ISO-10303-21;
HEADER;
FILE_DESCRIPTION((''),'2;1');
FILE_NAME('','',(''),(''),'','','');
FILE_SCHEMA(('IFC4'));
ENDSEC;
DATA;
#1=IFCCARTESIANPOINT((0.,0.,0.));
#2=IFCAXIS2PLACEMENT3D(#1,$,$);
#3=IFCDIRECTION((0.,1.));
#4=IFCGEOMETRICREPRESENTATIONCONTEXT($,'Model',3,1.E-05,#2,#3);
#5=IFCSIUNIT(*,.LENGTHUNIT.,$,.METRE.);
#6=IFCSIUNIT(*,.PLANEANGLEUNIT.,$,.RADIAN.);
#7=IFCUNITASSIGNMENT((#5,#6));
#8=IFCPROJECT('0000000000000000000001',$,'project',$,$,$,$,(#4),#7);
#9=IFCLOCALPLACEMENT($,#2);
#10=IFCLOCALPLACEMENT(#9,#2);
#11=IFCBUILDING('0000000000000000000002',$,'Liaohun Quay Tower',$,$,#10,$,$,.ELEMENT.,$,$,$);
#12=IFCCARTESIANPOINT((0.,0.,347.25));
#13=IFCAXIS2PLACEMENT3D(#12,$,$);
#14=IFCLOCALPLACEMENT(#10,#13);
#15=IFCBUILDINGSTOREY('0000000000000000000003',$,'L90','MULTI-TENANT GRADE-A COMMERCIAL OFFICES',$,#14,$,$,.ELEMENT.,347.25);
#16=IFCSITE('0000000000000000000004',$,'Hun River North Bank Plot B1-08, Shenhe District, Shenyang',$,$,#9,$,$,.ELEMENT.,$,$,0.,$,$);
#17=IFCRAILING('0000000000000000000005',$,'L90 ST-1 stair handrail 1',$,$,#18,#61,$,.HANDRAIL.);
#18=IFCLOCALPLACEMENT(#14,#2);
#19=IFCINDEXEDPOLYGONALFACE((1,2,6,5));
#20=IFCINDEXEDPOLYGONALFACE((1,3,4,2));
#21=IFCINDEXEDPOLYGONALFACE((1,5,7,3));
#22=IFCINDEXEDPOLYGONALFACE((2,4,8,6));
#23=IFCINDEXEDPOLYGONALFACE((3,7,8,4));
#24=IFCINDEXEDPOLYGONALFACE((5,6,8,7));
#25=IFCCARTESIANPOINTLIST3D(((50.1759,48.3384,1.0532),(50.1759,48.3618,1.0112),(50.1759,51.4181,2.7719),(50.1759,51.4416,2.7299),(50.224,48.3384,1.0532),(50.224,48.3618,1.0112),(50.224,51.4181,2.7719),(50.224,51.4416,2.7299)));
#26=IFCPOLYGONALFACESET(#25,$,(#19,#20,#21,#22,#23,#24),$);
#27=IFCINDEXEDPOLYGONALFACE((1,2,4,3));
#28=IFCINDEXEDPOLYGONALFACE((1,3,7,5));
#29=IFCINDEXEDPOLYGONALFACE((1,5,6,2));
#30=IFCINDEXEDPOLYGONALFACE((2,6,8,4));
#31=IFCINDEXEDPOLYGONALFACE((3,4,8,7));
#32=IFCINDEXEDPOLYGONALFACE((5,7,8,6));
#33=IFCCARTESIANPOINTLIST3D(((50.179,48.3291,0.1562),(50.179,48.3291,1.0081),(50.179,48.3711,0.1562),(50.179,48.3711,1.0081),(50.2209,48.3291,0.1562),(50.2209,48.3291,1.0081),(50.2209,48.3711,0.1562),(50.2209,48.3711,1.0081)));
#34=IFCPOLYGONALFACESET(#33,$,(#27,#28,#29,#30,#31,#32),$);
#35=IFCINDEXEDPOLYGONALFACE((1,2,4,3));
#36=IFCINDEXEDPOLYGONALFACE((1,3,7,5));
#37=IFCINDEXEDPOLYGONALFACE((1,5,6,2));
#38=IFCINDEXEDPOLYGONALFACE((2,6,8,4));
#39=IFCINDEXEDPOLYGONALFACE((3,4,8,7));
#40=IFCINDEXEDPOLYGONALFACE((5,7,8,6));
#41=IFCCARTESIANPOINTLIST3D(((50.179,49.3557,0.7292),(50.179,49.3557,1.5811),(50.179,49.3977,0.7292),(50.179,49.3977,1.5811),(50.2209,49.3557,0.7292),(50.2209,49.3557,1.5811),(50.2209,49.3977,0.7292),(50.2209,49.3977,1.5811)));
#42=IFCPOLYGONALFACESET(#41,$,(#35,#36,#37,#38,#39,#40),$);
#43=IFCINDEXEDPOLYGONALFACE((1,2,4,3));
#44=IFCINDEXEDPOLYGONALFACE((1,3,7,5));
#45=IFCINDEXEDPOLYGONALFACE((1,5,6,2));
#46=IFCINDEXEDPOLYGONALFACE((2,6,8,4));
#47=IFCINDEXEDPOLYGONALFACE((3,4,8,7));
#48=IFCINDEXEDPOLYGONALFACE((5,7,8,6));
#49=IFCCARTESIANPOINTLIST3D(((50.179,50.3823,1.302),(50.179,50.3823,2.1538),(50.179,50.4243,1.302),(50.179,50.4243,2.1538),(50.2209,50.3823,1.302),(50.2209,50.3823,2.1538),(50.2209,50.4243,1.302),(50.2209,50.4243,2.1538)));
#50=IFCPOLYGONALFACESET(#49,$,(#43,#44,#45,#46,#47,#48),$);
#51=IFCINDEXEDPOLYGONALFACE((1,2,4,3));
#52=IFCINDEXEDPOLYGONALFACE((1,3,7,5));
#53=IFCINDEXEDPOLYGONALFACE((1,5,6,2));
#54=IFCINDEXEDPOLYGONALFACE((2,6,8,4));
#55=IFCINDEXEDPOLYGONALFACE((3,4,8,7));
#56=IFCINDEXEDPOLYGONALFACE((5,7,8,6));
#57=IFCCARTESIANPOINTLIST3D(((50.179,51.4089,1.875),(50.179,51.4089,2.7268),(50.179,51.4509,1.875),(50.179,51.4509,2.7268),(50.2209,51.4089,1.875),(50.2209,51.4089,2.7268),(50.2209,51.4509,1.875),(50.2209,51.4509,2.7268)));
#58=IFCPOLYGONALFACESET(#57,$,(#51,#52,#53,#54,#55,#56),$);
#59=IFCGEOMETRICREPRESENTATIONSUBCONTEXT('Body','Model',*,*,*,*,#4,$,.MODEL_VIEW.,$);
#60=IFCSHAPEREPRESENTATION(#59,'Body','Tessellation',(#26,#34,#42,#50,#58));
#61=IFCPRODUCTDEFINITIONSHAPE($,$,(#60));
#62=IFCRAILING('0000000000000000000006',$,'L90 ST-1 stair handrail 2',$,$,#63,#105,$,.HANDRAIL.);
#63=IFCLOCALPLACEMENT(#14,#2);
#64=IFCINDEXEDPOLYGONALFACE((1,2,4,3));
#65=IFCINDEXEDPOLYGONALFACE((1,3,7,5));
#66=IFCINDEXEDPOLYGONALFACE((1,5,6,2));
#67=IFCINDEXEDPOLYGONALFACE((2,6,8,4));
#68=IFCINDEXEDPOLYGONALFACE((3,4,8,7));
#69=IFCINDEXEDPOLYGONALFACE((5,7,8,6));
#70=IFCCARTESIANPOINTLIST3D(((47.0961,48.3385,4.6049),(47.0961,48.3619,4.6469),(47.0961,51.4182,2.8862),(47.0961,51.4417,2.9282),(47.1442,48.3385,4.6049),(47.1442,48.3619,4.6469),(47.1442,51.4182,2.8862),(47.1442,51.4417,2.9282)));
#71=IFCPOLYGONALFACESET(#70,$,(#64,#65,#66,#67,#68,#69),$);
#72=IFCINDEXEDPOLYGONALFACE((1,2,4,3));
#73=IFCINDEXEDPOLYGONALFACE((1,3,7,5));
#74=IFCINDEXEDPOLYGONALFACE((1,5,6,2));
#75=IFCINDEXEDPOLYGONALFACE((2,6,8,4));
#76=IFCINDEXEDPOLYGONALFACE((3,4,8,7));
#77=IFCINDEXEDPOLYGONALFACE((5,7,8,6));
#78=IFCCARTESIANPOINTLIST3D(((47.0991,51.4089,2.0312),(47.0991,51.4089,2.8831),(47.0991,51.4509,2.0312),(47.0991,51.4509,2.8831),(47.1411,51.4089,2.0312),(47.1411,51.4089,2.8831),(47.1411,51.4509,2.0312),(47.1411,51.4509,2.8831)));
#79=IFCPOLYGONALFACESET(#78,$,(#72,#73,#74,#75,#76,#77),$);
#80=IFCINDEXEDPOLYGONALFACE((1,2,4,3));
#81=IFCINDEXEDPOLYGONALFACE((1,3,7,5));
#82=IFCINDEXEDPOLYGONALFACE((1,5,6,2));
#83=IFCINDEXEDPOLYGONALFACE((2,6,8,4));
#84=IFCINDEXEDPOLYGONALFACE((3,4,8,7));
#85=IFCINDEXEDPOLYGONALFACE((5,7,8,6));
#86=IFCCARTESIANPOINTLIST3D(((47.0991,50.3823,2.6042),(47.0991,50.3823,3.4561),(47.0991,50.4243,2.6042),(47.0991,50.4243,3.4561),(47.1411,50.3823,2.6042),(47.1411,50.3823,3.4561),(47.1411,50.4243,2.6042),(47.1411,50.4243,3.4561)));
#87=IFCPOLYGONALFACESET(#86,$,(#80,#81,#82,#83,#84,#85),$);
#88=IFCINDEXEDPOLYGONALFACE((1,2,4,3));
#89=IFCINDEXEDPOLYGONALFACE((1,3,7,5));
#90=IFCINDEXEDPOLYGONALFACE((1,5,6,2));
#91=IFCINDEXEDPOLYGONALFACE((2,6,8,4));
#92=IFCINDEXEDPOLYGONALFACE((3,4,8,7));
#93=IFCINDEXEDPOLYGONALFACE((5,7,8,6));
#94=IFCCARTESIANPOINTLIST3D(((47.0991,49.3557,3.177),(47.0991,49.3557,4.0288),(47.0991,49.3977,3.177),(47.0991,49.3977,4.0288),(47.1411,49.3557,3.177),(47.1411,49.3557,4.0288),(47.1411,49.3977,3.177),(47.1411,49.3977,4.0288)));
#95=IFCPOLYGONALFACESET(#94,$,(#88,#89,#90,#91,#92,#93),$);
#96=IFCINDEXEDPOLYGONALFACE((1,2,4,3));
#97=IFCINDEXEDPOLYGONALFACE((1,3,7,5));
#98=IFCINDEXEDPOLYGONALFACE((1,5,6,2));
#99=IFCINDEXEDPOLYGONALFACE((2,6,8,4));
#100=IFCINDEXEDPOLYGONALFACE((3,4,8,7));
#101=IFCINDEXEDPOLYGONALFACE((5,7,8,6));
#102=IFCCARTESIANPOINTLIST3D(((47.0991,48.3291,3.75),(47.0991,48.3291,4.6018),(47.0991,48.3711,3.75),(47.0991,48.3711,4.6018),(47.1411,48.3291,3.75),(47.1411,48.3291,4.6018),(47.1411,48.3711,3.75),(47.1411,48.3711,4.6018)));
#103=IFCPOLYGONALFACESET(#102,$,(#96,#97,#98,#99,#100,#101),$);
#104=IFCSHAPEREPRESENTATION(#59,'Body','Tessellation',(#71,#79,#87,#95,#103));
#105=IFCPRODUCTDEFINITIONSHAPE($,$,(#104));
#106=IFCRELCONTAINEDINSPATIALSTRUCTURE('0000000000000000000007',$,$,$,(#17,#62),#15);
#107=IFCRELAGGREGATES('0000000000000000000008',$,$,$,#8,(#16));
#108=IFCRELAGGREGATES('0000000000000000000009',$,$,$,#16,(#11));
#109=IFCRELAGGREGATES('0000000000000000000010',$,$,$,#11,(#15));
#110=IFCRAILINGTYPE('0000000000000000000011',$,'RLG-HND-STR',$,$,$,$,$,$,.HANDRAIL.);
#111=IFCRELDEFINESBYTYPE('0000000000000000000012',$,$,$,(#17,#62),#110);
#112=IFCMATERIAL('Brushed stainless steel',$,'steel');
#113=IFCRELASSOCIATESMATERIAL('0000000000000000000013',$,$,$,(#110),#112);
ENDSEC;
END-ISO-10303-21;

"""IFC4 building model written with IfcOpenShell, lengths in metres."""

from ifc_helpers import new_model, si_unit, direction, frame, origin, origin_2d, place, context, subcontext, project, spatial, rectangle, extrude, material, type_object, element, save


model = new_model("IFC4")

# Units and contexts
model_context = context("Model", 3, precision=1e-05, world=origin(), true_north=direction((0.0, 1.0)))
body_context = subcontext(model_context, "Body", "Model", "MODEL_VIEW")
ifc_project = project(units=[si_unit("LENGTHUNIT", "METRE"), si_unit("PLANEANGLEUNIT", "RADIAN")], contexts=[model_context])

# Site, building, storey
site_placement = place(None, origin())
site = spatial("IfcSite", under=ifc_project, at=site_placement, Name="Hun River North Bank Plot B1-08, Shenhe District, Shenyang", CompositionType="ELEMENT", RefElevation=0.0)
building_placement = place(site_placement, origin())
building = spatial("IfcBuilding", under=site, at=building_placement, Name="Liaohun Quay Tower", CompositionType="ELEMENT")
storey_placement = place(building_placement, frame((0.0, 0.0, 347.25)))
storey = spatial("IfcBuildingStorey", under=building, at=storey_placement, Name="L90", Description="MULTI-TENANT GRADE-A COMMERCIAL OFFICES", CompositionType="ELEMENT", Elevation=347.25)

# Railings
ifc_material_1 = material(Name="Brushed stainless steel", Category="steel")
railing_type_1 = type_object("IfcRailingType", Name="RLG-HND-STR", PredefinedType="HANDRAIL", material=ifc_material_1)
railing_1_placement = place(storey_placement, frame((50.2, 48.3501, 0.1562)))
element("IfcRailing", 1, at=railing_1_placement, inside=storey, type_object=railing_type_1, Name="L90 ST-1 stair handrail 1", PredefinedType="HANDRAIL", context=body_context, shape_type="SweptSolid", body=[
    extrude(rectangle(XDim=0.0481, YDim=0.0481, at=origin_2d()), frame((0.0, 0.0, 0.876), z_axis=(0.0, 0.873225, 0.487317), x_axis=(-1.0, 0.0, 0.0)), (0.0, 0.0, 1.0), 3.5269),
    extrude(rectangle(XDim=0.042, YDim=0.042, at=origin_2d()), origin(), (0.0, 0.0, 1.0), 0.8518),
    extrude(rectangle(XDim=0.042, YDim=0.042, at=origin_2d()), frame((0.0, 1.0266, 0.573)), (0.0, 0.0, 1.0), 0.8518),
    extrude(rectangle(XDim=0.042, YDim=0.042, at=origin_2d()), frame((0.0, 2.0532, 1.1458)), (0.0, 0.0, 1.0), 0.8518),
    extrude(rectangle(XDim=0.042, YDim=0.042, at=origin_2d()), frame((0.0, 3.0798, 1.7188)), (0.0, 0.0, 1.0), 0.8518),
])
railing_2_placement = place(storey_placement, frame((47.1201, 51.4299, 2.0312)))
element("IfcRailing", 2, at=railing_2_placement, inside=storey, type_object=railing_type_1, Name="L90 ST-1 stair handrail 2", PredefinedType="HANDRAIL", context=body_context, shape_type="SweptSolid", body=[
    extrude(rectangle(XDim=0.0481, YDim=0.0481, at=origin_2d()), frame((0.0, 0.0, 0.876), z_axis=(0.0, -0.873225, 0.487317), x_axis=(1.0, 0.0, 0.0)), (0.0, 0.0, 1.0), 3.5269),
    extrude(rectangle(XDim=0.042, YDim=0.042, at=origin_2d()), origin(), (0.0, 0.0, 1.0), 0.8518),
    extrude(rectangle(XDim=0.042, YDim=0.042, at=origin_2d()), frame((0.0, -1.0266, 0.573)), (0.0, 0.0, 1.0), 0.8518),
    extrude(rectangle(XDim=0.042, YDim=0.042, at=origin_2d()), frame((0.0, -2.0532, 1.1458)), (0.0, 0.0, 1.0), 0.8518),
    extrude(rectangle(XDim=0.042, YDim=0.042, at=origin_2d()), frame((0.0, -3.0798, 1.7188)), (0.0, 0.0, 1.0), 0.8518),
])

save(model, "model.ifc")
